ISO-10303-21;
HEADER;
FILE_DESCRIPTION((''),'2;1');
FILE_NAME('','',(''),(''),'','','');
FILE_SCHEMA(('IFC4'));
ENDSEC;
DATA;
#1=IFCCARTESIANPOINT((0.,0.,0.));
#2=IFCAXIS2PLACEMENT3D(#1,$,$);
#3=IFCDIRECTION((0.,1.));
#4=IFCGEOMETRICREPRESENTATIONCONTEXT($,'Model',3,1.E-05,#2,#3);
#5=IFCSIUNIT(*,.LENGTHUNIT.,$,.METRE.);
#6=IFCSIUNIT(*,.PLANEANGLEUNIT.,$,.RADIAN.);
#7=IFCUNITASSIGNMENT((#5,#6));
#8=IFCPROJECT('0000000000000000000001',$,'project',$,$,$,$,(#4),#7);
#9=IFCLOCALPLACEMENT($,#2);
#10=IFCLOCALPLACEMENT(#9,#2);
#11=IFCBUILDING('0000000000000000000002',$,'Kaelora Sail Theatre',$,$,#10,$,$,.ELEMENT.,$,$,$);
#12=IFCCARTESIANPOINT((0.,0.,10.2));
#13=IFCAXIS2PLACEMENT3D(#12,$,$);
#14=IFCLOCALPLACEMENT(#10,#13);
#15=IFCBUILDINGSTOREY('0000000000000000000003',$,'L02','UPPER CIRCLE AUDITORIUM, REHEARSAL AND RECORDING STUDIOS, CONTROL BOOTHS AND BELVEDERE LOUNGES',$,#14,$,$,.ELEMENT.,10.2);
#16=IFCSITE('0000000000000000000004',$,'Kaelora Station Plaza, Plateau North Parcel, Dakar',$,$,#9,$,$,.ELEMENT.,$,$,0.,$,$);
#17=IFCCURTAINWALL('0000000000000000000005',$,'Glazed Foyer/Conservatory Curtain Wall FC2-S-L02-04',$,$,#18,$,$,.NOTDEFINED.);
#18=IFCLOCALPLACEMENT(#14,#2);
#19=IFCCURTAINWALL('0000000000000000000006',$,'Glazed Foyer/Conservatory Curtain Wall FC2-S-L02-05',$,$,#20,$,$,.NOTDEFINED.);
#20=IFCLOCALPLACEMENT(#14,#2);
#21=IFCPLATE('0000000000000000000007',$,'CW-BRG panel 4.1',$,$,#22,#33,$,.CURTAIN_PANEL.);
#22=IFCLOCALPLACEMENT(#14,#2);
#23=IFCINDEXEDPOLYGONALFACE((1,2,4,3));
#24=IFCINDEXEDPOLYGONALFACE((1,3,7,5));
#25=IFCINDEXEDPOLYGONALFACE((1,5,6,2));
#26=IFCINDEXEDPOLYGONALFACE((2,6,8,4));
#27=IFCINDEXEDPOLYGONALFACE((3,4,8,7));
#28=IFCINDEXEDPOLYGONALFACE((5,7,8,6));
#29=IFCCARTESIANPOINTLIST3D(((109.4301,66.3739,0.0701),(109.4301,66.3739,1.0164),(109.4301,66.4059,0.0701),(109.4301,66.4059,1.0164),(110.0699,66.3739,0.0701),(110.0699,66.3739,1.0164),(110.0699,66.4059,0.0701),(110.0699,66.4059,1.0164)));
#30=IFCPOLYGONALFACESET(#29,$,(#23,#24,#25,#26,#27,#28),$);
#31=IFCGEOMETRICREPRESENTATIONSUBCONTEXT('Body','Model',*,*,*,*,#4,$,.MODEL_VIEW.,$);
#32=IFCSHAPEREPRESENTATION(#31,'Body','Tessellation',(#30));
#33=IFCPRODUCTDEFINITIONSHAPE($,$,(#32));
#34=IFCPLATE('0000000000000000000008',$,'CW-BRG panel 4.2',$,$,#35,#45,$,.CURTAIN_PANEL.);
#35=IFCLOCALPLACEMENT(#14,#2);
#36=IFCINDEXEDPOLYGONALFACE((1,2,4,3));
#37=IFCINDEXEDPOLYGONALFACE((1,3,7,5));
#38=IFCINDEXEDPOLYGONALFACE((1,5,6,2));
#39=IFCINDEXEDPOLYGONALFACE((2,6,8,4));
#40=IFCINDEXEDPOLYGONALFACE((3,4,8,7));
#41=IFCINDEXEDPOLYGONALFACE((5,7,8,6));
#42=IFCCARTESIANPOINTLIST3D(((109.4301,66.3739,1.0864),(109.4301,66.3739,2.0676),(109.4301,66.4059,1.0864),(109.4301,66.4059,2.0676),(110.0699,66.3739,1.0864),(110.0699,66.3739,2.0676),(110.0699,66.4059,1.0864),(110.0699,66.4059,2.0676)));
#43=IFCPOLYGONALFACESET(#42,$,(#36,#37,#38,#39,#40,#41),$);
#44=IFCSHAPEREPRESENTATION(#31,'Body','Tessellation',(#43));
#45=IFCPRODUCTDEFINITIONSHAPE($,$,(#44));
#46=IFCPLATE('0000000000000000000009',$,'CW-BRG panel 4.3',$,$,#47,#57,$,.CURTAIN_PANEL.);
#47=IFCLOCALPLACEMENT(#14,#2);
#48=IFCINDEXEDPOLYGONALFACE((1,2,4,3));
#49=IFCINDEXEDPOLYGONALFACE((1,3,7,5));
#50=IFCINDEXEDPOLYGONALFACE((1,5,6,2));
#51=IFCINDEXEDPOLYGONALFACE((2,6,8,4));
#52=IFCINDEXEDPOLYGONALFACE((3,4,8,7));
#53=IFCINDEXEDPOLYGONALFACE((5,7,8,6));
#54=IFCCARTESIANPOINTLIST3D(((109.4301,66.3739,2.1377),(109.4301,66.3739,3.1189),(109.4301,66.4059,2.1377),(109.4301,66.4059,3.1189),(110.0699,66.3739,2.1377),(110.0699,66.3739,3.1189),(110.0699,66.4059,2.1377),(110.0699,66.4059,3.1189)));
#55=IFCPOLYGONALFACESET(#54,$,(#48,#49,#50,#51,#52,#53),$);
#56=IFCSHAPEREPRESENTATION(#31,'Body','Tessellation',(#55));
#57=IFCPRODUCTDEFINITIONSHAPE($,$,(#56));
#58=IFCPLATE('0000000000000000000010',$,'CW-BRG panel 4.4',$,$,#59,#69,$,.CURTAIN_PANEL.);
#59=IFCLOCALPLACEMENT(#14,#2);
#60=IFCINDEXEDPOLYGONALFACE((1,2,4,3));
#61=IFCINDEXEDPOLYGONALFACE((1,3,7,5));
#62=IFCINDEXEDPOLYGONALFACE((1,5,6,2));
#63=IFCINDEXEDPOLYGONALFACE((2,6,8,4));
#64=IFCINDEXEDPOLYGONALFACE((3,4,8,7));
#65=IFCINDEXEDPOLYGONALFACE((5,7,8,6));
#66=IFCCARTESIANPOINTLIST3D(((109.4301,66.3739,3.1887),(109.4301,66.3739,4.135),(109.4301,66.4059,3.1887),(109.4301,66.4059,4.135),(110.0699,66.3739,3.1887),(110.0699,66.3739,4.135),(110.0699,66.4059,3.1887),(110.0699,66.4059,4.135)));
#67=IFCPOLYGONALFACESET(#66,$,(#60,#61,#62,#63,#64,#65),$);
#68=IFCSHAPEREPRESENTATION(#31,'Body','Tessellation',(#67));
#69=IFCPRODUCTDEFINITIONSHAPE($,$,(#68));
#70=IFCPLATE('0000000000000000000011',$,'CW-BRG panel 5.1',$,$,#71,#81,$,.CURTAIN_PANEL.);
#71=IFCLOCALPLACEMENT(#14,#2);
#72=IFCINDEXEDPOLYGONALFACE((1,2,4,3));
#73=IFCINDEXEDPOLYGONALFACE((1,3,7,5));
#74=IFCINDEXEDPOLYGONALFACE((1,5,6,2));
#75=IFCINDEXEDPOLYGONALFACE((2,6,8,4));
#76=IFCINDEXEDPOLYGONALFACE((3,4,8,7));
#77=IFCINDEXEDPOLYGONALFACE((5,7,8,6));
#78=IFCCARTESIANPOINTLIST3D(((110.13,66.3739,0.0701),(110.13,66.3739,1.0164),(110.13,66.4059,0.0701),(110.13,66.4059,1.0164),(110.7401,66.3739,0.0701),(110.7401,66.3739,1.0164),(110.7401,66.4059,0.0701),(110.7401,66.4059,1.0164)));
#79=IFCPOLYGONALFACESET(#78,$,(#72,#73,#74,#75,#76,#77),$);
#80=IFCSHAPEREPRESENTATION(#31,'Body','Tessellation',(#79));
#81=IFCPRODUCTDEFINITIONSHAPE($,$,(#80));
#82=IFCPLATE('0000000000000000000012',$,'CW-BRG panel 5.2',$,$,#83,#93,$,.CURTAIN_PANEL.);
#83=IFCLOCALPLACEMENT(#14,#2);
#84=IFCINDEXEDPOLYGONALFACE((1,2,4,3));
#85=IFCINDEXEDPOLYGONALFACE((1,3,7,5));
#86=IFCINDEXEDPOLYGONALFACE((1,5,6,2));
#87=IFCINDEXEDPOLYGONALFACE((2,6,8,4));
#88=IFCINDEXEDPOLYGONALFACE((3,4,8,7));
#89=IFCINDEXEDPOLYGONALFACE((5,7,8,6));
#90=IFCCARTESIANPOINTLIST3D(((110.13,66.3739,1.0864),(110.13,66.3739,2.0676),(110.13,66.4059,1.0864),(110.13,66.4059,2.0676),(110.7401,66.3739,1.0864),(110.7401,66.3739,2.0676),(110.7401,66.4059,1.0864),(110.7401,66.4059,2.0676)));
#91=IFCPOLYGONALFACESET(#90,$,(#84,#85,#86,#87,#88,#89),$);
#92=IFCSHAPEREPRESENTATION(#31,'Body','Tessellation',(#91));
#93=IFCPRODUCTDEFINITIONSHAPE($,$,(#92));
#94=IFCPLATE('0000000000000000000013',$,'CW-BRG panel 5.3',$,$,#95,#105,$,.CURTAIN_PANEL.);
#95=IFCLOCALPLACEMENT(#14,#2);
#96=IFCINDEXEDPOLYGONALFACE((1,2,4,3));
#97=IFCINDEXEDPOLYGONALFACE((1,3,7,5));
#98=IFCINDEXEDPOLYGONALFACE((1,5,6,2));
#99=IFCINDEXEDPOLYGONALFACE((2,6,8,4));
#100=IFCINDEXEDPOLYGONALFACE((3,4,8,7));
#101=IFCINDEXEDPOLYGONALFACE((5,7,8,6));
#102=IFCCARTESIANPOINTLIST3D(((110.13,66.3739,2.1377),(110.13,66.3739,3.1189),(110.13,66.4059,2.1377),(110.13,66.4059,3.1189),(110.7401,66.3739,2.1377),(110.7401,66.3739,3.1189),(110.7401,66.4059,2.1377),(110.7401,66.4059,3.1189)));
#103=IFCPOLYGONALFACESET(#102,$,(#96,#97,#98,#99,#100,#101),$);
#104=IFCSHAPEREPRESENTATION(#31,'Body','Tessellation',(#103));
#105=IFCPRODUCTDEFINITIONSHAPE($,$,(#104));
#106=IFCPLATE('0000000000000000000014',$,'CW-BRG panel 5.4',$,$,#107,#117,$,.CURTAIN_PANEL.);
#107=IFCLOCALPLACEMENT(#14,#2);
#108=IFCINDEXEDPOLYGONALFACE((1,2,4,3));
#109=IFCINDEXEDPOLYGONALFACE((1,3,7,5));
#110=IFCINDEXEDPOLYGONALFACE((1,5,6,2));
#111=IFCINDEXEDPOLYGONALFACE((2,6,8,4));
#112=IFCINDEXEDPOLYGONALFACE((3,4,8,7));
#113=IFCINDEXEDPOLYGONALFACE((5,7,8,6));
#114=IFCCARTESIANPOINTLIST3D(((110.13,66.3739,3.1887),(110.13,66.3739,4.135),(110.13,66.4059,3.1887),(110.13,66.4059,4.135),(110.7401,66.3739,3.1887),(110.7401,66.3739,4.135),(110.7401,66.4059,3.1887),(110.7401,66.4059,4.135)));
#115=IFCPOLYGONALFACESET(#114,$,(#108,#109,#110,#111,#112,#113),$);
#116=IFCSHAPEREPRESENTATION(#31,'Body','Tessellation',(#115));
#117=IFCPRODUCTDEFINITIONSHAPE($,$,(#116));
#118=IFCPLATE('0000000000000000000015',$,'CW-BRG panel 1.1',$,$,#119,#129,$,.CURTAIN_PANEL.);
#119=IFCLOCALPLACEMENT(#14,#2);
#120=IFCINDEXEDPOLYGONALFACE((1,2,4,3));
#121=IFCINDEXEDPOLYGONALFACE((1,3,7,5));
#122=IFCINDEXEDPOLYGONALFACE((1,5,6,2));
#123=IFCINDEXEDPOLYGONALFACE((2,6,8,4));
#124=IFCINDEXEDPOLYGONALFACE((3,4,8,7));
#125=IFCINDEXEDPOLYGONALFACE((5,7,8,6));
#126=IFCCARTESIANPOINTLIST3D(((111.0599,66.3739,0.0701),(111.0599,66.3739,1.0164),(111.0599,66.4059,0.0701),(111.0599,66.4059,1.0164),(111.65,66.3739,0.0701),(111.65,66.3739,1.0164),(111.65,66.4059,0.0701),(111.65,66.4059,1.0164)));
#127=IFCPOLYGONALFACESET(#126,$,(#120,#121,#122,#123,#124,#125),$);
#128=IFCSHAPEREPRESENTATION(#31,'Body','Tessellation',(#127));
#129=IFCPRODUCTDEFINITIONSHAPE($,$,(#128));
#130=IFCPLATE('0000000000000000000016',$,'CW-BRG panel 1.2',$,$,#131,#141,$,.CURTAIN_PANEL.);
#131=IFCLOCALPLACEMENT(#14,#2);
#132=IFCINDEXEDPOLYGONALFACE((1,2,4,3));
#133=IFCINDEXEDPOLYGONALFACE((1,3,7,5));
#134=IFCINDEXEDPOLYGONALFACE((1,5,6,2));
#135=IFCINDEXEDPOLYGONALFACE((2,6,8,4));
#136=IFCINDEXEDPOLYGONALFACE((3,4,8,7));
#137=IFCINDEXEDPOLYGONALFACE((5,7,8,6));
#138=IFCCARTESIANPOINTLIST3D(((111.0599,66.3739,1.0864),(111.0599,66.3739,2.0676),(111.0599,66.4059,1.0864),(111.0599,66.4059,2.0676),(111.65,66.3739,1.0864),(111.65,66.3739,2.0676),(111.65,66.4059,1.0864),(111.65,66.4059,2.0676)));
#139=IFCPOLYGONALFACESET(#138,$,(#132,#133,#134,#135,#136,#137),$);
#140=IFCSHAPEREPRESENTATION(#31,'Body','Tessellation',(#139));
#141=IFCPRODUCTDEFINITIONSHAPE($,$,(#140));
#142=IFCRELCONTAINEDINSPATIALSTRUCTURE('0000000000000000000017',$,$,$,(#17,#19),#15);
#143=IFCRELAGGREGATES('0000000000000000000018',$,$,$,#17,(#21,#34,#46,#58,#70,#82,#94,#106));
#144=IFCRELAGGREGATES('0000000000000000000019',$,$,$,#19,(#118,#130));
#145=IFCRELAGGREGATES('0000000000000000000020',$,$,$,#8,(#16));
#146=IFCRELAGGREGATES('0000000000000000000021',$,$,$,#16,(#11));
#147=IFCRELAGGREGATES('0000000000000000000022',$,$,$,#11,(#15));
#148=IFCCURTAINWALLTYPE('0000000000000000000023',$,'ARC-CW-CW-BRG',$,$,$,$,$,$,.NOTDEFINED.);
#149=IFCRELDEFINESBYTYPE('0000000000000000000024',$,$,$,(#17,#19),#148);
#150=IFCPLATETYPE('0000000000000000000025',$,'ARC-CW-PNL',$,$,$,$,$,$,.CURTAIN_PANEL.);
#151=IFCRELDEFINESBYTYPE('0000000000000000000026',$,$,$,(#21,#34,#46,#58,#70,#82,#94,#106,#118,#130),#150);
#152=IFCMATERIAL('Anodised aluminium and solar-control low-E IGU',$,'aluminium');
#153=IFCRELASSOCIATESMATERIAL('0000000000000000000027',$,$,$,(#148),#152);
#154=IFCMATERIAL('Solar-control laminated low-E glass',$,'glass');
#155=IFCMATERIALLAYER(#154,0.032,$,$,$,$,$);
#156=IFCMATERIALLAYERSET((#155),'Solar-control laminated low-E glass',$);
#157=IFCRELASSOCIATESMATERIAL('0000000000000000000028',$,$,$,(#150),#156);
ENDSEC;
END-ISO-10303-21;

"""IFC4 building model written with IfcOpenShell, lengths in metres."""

from ifc_helpers import new_model, si_unit, direction, frame, origin, origin_2d, place, context, subcontext, project, spatial, rectangle, extrude, material, layer, layer_set, type_object, element, aggregate, save


model = new_model("IFC4")

# Units and contexts
model_context = context("Model", 3, precision=1e-05, world=origin(), true_north=direction((0.0, 1.0)))
body_context = subcontext(model_context, "Body", "Model", "MODEL_VIEW")
ifc_project = project(units=[si_unit("LENGTHUNIT", "METRE"), si_unit("PLANEANGLEUNIT", "RADIAN")], contexts=[model_context])

# Site, building, storey
site_placement = place(None, origin())
site = spatial("IfcSite", under=ifc_project, at=site_placement, Name="Kaelora Station Plaza, Plateau North Parcel, Dakar", CompositionType="ELEMENT", RefElevation=0.0)
building_placement = place(site_placement, origin())
building = spatial("IfcBuilding", under=site, at=building_placement, Name="Kaelora Sail Theatre", CompositionType="ELEMENT")
storey_placement = place(building_placement, frame((0.0, 0.0, 10.2)))
storey = spatial("IfcBuildingStorey", under=building, at=storey_placement, Name="L02", Description="UPPER CIRCLE AUDITORIUM, REHEARSAL AND RECORDING STUDIOS, CONTROL BOOTHS AND BELVEDERE LOUNGES", CompositionType="ELEMENT", Elevation=10.2)

# Curtain wall
ifc_material_1 = material(Name="Anodised aluminium and solar-control low-E IGU", Category="aluminium")
curtain_wall_type = type_object("IfcCurtainWallType", Name="ARC-CW-CW-BRG", PredefinedType="NOTDEFINED", material=ifc_material_1)
curtain_wall_1_placement = place(storey_placement, origin())
curtain_wall_1 = element("IfcCurtainWall", 1, at=curtain_wall_1_placement, inside=storey, type_object=curtain_wall_type, Name="Glazed Foyer/Conservatory Curtain Wall FC2-S-L02-04", PredefinedType="NOTDEFINED")

# Curtain wall
curtain_wall_2_placement = place(storey_placement, origin())
curtain_wall_2 = element("IfcCurtainWall", 2, at=curtain_wall_2_placement, inside=storey, type_object=curtain_wall_type, Name="Glazed Foyer/Conservatory Curtain Wall FC2-S-L02-05", PredefinedType="NOTDEFINED")

# Plates
ifc_material_2 = material(Name="Solar-control laminated low-E glass", Category="glass")
ifc_layer = layer(ifc_material_2, 0.032)
ifc_layer_set = layer_set([ifc_layer], Name="Solar-control laminated low-E glass")
plate_type = type_object("IfcPlateType", Name="ARC-CW-PNL", PredefinedType="CURTAIN_PANEL", material=ifc_layer_set)
plate_1_placement = place(storey_placement, frame((109.75, 66.3899, 0.0701), z_axis=(0.0, 0.0, 1.0), x_axis=(1.0, 0.0, 0.0)))
plate_1 = element("IfcPlate", 3, at=plate_1_placement, type_object=plate_type, Name="CW-BRG panel 4.1", PredefinedType="CURTAIN_PANEL", context=body_context, shape_type="SweptSolid", body=[
    extrude(rectangle(XDim=0.6399, YDim=0.032, at=origin_2d()), origin(), (0.0, 0.0, 1.0), 0.9463),
])
plate_2_placement = place(storey_placement, frame((109.75, 66.3899, 1.0864), z_axis=(0.0, 0.0, 1.0), x_axis=(1.0, 0.0, 0.0)))
plate_2 = element("IfcPlate", 4, at=plate_2_placement, type_object=plate_type, Name="CW-BRG panel 4.2", PredefinedType="CURTAIN_PANEL", context=body_context, shape_type="SweptSolid", body=[
    extrude(rectangle(XDim=0.6399, YDim=0.032, at=origin_2d()), origin(), (0.0, 0.0, 1.0), 0.9812),
])
plate_3_placement = place(storey_placement, frame((109.75, 66.3899, 2.1377), z_axis=(0.0, 0.0, 1.0), x_axis=(1.0, 0.0, 0.0)))
plate_3 = element("IfcPlate", 5, at=plate_3_placement, type_object=plate_type, Name="CW-BRG panel 4.3", PredefinedType="CURTAIN_PANEL", context=body_context, shape_type="SweptSolid", body=[
    extrude(rectangle(XDim=0.6399, YDim=0.032, at=origin_2d()), origin(), (0.0, 0.0, 1.0), 0.9812),
])
plate_4_placement = place(storey_placement, frame((109.75, 66.3899, 3.1887), z_axis=(0.0, 0.0, 1.0), x_axis=(1.0, 0.0, 0.0)))
plate_4 = element("IfcPlate", 6, at=plate_4_placement, type_object=plate_type, Name="CW-BRG panel 4.4", PredefinedType="CURTAIN_PANEL", context=body_context, shape_type="SweptSolid", body=[
    extrude(rectangle(XDim=0.6399, YDim=0.032, at=origin_2d()), origin(), (0.0, 0.0, 1.0), 0.9463),
])
plate_5_placement = place(storey_placement, frame((110.4351, 66.3899, 0.0701), z_axis=(0.0, 0.0, 1.0), x_axis=(1.0, 0.0, 0.0)))
plate_5 = element("IfcPlate", 7, at=plate_5_placement, type_object=plate_type, Name="CW-BRG panel 5.1", PredefinedType="CURTAIN_PANEL", context=body_context, shape_type="SweptSolid", body=[
    extrude(rectangle(XDim=0.6101, YDim=0.032, at=origin_2d()), origin(), (0.0, 0.0, 1.0), 0.9463),
])
plate_6_placement = place(storey_placement, frame((110.4351, 66.3899, 1.0864), z_axis=(0.0, 0.0, 1.0), x_axis=(1.0, 0.0, 0.0)))
plate_6 = element("IfcPlate", 8, at=plate_6_placement, type_object=plate_type, Name="CW-BRG panel 5.2", PredefinedType="CURTAIN_PANEL", context=body_context, shape_type="SweptSolid", body=[
    extrude(rectangle(XDim=0.6101, YDim=0.032, at=origin_2d()), origin(), (0.0, 0.0, 1.0), 0.9812),
])
plate_7_placement = place(storey_placement, frame((110.4351, 66.3899, 2.1377), z_axis=(0.0, 0.0, 1.0), x_axis=(1.0, 0.0, 0.0)))
plate_7 = element("IfcPlate", 9, at=plate_7_placement, type_object=plate_type, Name="CW-BRG panel 5.3", PredefinedType="CURTAIN_PANEL", context=body_context, shape_type="SweptSolid", body=[
    extrude(rectangle(XDim=0.6101, YDim=0.032, at=origin_2d()), origin(), (0.0, 0.0, 1.0), 0.9812),
])
plate_8_placement = place(storey_placement, frame((110.4351, 66.3899, 3.1887), z_axis=(0.0, 0.0, 1.0), x_axis=(1.0, 0.0, 0.0)))
plate_8 = element("IfcPlate", 10, at=plate_8_placement, type_object=plate_type, Name="CW-BRG panel 5.4", PredefinedType="CURTAIN_PANEL", context=body_context, shape_type="SweptSolid", body=[
    extrude(rectangle(XDim=0.6101, YDim=0.032, at=origin_2d()), origin(), (0.0, 0.0, 1.0), 0.9463),
])
aggregate(curtain_wall_1, [plate_1, plate_2, plate_3, plate_4, plate_5, plate_6, plate_7, plate_8])
plate_9_placement = place(storey_placement, frame((111.355, 66.3899, 0.0701), z_axis=(0.0, 0.0, 1.0), x_axis=(1.0, 0.0, 0.0)))
plate_9 = element("IfcPlate", 11, at=plate_9_placement, type_object=plate_type, Name="CW-BRG panel 1.1", PredefinedType="CURTAIN_PANEL", context=body_context, shape_type="SweptSolid", body=[
    extrude(rectangle(XDim=0.5901, YDim=0.032, at=origin_2d()), origin(), (0.0, 0.0, 1.0), 0.9463),
])
plate_10_placement = place(storey_placement, frame((111.355, 66.3899, 1.0864), z_axis=(0.0, 0.0, 1.0), x_axis=(1.0, 0.0, 0.0)))
plate_10 = element("IfcPlate", 12, at=plate_10_placement, type_object=plate_type, Name="CW-BRG panel 1.2", PredefinedType="CURTAIN_PANEL", context=body_context, shape_type="SweptSolid", body=[
    extrude(rectangle(XDim=0.5901, YDim=0.032, at=origin_2d()), origin(), (0.0, 0.0, 1.0), 0.9812),
])
aggregate(curtain_wall_2, [plate_9, plate_10])

save(model, "model.ifc")
